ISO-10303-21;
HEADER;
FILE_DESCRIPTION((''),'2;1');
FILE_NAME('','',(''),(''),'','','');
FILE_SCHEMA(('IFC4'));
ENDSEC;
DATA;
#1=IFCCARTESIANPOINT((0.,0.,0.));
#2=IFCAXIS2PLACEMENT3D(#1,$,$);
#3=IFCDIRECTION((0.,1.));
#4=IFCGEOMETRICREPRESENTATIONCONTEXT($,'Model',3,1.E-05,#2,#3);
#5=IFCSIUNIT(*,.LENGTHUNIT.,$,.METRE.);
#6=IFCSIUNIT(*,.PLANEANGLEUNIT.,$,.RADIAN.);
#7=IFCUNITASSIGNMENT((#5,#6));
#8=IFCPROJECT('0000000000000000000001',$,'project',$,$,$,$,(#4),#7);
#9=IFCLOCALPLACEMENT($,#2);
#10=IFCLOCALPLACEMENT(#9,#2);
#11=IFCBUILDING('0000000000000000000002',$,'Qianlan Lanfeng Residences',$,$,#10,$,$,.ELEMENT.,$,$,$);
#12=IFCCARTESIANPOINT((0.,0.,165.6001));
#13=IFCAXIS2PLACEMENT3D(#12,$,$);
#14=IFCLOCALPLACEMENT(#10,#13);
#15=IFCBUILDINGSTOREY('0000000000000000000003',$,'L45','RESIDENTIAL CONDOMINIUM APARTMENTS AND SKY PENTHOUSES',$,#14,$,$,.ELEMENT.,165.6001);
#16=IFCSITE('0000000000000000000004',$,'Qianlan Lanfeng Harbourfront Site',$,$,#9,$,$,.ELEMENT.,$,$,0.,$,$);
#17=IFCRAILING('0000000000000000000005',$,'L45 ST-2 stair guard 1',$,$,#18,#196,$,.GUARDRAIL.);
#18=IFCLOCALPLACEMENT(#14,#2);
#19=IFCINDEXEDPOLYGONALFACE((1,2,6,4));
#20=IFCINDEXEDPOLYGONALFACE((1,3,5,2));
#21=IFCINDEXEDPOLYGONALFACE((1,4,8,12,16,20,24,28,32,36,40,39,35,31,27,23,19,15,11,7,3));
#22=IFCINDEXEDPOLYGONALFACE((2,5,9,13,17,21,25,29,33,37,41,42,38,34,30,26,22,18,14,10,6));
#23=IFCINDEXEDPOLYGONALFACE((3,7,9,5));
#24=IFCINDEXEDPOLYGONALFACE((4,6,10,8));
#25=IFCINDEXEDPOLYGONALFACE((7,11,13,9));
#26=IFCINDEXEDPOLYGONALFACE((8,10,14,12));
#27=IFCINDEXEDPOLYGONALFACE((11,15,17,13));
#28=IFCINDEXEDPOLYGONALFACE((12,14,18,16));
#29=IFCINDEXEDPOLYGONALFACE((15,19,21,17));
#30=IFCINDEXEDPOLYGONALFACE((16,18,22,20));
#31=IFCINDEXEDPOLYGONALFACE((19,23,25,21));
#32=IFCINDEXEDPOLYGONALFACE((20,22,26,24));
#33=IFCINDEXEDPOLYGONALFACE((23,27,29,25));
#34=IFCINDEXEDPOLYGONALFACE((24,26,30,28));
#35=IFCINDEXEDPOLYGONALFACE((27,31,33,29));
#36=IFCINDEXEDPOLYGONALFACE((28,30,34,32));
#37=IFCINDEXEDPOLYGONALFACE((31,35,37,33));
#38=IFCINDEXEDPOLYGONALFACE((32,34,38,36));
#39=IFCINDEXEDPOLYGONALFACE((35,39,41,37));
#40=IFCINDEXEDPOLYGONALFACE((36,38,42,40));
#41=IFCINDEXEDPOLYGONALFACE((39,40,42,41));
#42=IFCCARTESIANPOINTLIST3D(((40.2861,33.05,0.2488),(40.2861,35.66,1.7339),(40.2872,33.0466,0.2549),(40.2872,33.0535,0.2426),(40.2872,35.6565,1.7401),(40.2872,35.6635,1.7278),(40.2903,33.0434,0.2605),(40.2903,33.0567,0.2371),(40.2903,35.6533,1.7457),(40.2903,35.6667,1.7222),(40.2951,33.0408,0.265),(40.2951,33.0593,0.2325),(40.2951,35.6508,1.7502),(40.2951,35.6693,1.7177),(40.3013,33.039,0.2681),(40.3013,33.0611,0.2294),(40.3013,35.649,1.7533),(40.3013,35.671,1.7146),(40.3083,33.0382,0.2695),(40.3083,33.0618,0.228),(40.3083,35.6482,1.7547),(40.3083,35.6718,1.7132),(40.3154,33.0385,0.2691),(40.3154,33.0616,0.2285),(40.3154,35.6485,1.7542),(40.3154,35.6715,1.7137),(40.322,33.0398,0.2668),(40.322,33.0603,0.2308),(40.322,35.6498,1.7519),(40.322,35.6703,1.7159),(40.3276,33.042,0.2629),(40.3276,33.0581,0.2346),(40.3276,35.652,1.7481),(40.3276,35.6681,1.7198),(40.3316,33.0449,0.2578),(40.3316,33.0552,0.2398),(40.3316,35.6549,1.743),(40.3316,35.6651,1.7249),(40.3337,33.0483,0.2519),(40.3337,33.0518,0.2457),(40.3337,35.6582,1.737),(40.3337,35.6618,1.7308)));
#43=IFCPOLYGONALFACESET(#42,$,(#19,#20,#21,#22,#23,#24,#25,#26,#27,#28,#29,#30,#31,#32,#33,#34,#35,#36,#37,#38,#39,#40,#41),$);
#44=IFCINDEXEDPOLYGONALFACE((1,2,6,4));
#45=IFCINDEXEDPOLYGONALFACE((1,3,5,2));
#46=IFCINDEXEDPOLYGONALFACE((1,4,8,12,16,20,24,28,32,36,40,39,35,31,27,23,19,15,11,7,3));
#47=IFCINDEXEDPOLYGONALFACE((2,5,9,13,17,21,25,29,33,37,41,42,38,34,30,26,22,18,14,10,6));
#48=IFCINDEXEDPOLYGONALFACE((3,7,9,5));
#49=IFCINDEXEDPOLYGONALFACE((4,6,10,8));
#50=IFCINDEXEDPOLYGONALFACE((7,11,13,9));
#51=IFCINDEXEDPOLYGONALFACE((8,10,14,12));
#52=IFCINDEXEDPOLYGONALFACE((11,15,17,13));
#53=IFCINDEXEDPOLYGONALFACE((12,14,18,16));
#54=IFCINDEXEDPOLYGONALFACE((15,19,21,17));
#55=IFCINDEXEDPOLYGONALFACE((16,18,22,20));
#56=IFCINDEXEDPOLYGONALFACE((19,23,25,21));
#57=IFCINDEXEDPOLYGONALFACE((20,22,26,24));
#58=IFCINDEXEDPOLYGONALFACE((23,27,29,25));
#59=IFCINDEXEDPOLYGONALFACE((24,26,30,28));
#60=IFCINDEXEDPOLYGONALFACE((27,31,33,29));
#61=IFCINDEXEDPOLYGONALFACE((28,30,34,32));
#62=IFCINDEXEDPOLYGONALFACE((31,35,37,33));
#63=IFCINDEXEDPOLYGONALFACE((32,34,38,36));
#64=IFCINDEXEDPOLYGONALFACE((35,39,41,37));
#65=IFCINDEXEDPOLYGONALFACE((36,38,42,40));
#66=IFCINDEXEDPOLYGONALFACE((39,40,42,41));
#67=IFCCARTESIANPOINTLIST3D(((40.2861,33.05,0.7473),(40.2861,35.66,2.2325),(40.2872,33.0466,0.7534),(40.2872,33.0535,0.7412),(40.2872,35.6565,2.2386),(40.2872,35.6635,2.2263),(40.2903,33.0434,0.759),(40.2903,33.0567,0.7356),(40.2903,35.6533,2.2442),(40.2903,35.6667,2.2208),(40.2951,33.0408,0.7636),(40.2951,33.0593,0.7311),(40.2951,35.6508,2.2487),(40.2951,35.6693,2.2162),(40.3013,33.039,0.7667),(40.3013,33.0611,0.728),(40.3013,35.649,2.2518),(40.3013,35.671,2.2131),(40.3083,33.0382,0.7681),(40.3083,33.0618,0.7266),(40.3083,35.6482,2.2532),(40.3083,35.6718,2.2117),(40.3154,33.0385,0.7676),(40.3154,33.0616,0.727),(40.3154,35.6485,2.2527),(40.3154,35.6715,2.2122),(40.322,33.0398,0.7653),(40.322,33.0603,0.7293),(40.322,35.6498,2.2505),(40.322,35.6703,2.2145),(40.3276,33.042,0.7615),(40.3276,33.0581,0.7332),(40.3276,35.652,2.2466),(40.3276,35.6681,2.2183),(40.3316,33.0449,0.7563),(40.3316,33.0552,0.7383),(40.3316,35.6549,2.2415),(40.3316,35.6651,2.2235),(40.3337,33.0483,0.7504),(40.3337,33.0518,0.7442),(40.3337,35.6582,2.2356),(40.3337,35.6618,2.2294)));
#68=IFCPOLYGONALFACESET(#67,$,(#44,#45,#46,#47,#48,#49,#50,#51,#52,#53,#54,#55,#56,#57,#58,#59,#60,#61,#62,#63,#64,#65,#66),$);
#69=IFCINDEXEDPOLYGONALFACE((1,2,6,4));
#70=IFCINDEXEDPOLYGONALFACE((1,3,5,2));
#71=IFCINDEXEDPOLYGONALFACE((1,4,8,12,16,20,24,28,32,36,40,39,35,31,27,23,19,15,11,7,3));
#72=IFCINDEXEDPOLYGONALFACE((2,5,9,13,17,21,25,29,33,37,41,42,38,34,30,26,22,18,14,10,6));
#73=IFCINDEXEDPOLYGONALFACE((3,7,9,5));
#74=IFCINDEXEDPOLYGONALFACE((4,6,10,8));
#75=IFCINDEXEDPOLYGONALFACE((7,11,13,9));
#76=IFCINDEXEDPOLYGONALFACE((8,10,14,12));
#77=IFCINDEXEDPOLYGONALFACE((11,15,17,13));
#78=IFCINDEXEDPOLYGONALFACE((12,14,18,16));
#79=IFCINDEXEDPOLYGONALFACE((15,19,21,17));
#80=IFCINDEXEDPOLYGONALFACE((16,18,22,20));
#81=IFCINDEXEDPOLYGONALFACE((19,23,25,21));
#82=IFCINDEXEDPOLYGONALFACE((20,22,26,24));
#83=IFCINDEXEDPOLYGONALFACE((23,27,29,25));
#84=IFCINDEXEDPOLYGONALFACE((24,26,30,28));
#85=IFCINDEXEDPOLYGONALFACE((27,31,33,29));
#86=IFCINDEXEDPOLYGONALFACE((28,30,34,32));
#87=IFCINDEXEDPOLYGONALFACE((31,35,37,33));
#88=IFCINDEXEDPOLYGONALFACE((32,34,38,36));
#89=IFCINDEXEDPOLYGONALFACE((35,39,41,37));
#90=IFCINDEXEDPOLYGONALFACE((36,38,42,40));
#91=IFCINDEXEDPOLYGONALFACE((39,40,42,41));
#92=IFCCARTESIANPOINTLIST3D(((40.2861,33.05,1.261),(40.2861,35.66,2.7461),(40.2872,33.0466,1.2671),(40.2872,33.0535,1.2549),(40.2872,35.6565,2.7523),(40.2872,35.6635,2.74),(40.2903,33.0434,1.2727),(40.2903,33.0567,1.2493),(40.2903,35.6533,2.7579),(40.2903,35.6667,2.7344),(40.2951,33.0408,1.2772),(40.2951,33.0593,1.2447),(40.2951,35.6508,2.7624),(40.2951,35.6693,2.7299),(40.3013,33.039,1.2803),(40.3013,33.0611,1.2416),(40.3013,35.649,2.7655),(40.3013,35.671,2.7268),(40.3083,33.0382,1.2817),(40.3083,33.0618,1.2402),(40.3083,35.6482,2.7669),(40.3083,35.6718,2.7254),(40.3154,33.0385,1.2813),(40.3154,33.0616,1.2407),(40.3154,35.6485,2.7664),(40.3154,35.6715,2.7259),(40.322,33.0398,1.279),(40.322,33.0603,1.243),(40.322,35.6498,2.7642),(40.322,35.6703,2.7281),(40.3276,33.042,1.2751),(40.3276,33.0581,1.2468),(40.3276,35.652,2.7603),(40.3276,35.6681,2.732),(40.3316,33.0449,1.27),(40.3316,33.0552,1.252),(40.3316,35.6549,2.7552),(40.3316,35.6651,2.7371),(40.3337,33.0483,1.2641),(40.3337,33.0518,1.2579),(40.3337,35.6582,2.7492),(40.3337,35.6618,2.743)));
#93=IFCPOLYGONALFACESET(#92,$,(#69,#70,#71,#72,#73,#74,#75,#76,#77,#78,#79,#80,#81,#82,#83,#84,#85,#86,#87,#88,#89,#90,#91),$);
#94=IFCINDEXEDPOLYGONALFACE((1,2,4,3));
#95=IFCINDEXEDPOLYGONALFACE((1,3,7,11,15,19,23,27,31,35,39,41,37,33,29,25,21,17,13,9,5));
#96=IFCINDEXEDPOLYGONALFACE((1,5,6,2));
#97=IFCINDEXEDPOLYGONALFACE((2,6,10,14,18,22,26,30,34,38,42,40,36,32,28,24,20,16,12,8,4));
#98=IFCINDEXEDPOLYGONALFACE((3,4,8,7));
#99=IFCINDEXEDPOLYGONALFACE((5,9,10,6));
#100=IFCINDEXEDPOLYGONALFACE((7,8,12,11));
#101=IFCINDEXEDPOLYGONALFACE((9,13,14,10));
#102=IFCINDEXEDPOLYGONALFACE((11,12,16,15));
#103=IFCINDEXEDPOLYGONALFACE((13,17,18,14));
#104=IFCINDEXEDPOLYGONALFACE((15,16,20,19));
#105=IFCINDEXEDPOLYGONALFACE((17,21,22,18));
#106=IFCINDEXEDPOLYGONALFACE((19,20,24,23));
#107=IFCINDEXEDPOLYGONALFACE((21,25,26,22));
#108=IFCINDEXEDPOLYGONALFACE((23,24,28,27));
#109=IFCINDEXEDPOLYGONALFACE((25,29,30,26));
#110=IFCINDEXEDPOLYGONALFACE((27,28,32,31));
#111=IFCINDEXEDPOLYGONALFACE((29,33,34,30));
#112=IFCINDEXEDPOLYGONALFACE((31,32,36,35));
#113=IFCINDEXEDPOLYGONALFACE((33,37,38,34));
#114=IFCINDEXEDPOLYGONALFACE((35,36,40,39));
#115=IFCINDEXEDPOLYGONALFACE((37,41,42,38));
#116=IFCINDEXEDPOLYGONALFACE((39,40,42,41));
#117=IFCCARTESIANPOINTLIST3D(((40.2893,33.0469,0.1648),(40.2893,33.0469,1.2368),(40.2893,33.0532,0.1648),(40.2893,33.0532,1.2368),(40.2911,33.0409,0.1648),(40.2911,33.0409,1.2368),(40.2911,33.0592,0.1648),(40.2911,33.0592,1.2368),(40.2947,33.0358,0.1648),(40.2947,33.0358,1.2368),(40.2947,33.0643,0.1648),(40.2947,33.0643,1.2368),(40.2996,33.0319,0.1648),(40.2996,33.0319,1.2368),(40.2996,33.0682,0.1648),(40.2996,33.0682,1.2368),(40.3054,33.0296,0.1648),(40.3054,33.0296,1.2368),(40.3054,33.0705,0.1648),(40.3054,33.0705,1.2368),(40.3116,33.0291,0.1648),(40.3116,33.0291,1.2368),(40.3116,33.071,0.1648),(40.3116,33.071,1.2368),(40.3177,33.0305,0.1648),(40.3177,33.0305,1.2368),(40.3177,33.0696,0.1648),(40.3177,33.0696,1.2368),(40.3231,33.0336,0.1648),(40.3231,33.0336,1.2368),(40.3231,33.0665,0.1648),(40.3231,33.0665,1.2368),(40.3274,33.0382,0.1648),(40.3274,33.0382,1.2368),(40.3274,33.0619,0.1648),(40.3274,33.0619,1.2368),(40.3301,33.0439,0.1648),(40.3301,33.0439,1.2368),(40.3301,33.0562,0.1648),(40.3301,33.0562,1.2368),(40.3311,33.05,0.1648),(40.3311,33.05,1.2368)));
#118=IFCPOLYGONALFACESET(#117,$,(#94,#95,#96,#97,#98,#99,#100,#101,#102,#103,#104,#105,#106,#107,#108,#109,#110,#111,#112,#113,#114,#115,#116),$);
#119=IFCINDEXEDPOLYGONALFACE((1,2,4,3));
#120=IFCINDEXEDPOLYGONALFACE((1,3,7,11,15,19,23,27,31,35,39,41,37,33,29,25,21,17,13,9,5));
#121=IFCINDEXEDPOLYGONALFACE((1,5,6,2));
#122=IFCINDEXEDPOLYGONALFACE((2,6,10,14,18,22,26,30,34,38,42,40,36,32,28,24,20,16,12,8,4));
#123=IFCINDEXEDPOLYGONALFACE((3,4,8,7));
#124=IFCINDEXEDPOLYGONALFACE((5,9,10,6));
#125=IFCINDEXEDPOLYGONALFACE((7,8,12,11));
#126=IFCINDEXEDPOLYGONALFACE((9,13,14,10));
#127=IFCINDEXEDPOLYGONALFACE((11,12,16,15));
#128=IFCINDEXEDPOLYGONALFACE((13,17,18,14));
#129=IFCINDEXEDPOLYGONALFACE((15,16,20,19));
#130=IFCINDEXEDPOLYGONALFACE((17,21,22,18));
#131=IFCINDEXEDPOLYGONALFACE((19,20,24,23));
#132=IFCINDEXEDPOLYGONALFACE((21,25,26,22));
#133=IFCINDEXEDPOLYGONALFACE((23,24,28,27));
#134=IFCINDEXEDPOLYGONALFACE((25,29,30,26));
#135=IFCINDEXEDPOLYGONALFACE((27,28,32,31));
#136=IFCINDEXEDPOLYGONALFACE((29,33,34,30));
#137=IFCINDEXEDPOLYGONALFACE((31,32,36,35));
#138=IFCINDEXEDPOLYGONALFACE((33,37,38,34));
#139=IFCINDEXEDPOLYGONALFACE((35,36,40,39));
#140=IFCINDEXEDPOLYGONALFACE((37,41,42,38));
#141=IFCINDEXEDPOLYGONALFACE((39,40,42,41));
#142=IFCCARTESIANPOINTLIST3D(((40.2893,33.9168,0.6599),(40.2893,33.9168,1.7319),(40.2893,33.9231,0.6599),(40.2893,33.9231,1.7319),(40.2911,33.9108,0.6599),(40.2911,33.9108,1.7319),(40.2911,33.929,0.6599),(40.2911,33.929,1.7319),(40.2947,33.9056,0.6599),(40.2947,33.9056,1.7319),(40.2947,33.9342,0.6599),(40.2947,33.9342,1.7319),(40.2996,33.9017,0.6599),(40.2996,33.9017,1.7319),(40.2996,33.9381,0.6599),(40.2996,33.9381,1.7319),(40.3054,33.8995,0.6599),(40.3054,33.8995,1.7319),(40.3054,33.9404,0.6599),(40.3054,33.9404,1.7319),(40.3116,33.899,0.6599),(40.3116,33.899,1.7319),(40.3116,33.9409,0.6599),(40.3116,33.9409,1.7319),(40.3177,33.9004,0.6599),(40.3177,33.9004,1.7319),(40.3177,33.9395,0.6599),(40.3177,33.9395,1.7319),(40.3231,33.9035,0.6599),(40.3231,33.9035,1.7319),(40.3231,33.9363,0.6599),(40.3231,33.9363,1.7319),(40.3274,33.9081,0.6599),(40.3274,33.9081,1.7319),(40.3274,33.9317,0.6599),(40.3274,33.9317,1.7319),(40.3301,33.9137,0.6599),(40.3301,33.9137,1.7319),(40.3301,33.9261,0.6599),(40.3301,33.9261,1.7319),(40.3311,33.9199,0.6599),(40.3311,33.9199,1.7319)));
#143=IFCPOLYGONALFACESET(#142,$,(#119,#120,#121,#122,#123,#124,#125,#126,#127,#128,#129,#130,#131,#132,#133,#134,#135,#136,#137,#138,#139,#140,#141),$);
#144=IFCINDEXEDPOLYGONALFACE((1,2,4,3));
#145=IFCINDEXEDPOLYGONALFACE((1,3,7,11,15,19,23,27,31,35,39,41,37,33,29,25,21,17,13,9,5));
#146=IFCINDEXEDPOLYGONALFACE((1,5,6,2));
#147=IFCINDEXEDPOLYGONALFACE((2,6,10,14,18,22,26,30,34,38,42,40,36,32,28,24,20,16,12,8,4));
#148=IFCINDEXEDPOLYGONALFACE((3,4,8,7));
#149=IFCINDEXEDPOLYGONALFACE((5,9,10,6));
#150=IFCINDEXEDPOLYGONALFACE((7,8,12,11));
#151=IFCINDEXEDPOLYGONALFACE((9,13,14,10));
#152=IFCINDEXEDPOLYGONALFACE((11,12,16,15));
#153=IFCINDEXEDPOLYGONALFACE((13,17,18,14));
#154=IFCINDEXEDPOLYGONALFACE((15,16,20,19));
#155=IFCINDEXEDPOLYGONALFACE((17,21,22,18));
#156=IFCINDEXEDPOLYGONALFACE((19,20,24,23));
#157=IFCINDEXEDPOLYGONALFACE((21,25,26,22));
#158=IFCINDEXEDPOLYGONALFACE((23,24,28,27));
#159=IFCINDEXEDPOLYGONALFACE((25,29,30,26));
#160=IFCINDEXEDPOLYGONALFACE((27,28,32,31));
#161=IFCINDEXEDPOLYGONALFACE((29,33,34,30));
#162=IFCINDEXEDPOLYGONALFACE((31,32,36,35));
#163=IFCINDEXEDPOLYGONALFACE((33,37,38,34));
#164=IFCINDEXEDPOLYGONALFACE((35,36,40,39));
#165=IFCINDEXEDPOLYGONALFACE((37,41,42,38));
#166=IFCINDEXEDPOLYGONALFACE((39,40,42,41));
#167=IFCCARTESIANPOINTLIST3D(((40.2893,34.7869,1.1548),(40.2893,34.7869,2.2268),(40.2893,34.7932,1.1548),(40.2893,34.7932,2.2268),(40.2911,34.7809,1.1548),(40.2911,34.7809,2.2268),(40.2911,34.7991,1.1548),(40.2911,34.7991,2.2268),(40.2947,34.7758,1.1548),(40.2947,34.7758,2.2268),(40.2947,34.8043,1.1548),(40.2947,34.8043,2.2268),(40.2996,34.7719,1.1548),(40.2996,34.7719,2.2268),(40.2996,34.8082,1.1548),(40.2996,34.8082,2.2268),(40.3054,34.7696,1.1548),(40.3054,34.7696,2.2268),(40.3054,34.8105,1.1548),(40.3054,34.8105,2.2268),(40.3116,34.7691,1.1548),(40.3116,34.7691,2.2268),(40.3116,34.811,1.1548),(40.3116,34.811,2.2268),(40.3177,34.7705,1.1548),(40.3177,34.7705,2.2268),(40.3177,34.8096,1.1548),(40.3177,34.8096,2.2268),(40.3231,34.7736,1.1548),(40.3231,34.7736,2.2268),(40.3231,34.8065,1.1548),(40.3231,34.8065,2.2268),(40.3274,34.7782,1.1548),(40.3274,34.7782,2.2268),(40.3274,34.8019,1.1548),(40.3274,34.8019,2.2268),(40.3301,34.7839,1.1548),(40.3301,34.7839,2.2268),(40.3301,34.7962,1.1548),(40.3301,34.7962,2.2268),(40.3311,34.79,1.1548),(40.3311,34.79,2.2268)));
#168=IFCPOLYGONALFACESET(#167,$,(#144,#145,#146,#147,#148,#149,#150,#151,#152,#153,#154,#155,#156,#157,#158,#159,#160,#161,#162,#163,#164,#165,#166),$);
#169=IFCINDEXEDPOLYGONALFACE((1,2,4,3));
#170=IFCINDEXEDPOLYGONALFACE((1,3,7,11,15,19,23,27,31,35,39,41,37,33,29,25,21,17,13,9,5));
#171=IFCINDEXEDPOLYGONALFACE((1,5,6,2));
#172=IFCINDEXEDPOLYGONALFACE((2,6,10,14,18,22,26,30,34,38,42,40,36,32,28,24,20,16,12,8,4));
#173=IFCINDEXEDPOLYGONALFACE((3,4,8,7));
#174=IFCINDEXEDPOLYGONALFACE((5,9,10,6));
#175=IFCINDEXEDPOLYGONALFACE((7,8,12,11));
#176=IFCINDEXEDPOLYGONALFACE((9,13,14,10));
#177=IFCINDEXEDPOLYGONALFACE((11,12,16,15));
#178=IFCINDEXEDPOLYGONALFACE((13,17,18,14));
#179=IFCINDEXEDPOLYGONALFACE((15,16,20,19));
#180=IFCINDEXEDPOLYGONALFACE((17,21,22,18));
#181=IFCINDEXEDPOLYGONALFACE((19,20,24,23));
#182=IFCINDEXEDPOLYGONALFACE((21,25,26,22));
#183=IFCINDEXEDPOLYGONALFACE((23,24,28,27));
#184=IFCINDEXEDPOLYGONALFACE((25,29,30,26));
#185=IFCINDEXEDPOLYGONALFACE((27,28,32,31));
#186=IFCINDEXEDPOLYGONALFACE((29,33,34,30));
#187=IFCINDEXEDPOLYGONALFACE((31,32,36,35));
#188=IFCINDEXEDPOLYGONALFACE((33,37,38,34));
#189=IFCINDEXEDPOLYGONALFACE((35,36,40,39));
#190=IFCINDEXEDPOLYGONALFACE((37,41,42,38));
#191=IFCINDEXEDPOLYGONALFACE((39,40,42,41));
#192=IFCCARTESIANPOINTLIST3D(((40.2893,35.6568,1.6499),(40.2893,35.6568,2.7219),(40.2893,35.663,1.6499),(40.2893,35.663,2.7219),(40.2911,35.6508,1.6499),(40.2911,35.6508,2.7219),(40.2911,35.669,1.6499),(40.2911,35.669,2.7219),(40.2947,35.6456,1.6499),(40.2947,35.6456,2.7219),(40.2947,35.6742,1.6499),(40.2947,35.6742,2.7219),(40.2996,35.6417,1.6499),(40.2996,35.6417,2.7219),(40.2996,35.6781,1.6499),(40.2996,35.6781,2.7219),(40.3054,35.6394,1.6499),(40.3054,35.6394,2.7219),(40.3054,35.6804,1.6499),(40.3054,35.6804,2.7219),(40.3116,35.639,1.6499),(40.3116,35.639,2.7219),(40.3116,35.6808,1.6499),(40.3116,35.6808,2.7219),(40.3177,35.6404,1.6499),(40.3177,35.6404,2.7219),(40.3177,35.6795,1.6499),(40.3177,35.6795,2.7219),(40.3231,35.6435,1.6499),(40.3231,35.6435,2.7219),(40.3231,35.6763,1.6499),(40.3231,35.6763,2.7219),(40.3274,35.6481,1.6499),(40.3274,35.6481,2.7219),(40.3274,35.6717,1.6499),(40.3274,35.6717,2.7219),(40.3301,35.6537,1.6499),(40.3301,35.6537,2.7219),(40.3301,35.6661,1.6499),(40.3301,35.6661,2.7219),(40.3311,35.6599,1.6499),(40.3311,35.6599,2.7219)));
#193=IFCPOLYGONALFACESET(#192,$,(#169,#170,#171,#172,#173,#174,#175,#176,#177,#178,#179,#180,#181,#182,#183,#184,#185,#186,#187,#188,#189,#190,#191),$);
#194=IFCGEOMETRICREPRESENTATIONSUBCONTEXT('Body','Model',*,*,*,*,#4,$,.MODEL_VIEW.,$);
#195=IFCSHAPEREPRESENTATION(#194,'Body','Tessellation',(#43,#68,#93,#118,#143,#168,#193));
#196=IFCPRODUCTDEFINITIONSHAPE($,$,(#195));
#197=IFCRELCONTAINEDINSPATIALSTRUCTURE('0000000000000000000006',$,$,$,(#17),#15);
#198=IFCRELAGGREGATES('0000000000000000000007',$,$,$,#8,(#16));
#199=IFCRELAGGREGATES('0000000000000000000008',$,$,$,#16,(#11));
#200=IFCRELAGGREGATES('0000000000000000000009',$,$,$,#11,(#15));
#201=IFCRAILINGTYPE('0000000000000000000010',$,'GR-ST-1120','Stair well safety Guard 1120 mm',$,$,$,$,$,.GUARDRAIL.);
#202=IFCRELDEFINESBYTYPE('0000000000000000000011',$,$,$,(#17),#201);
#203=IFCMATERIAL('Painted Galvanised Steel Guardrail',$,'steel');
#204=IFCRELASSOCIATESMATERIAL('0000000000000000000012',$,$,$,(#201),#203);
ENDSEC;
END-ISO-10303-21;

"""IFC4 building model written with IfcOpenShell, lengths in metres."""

from ifc_helpers import new_model, si_unit, direction, frame, origin, origin_2d, place, context, subcontext, project, spatial, circle, extrude, material, type_object, element, save


model = new_model("IFC4")

# Units and contexts
model_context = context("Model", 3, precision=1e-05, world=origin(), true_north=direction((0.0, 1.0)))
body_context = subcontext(model_context, "Body", "Model", "MODEL_VIEW")
ifc_project = project(units=[si_unit("LENGTHUNIT", "METRE"), si_unit("PLANEANGLEUNIT", "RADIAN")], contexts=[model_context])

# Site, building, storey
site_placement = place(None, origin())
site = spatial("IfcSite", under=ifc_project, at=site_placement, Name="Qianlan Lanfeng Harbourfront Site", CompositionType="ELEMENT", RefElevation=0.0)
building_placement = place(site_placement, origin())
building = spatial("IfcBuilding", under=site, at=building_placement, Name="Qianlan Lanfeng Residences", CompositionType="ELEMENT")
storey_placement = place(building_placement, frame((0.0, 0.0, 165.6001)))
storey = spatial("IfcBuildingStorey", under=building, at=storey_placement, Name="L45", Description="RESIDENTIAL CONDOMINIUM APARTMENTS AND SKY PENTHOUSES", CompositionType="ELEMENT", Elevation=165.6001)

# Railing
ifc_material_1 = material(Name="Painted Galvanised Steel Guardrail", Category="steel")
railing_type_1 = type_object("IfcRailingType", Name="GR-ST-1120", Description="Stair well safety Guard 1120 mm", PredefinedType="GUARDRAIL", material=ifc_material_1)
railing_1_placement = place(storey_placement, frame((40.3101, 33.05, 0.1648)))
element("IfcRailing", 1, at=railing_1_placement, inside=storey, type_object=railing_type_1, Name="L45 ST-2 stair guard 1", PredefinedType="GUARDRAIL", context=body_context, shape_type="SweptSolid", body=[
    extrude(circle(Radius=0.0239, at=origin_2d()), frame((0.0, 0.0, 0.084), z_axis=(0.0, 0.869137, 0.494571), x_axis=(-1.0, 0.0, 0.0)), (0.0, 0.0, 1.0), 3.0029),
    extrude(circle(Radius=0.0239, at=origin_2d()), frame((0.0, 0.0, 0.5825), z_axis=(0.0, 0.869137, 0.494571), x_axis=(-1.0, 0.0, 0.0)), (0.0, 0.0, 1.0), 3.0029),
    extrude(circle(Radius=0.0239, at=origin_2d()), frame((0.0, 0.0, 1.0962), z_axis=(0.0, 0.869137, 0.494571), x_axis=(-1.0, 0.0, 0.0)), (0.0, 0.0, 1.0), 3.0029),
    extrude(circle(Radius=0.021, at=origin_2d()), origin(), (0.0, 0.0, 1.0), 1.072),
    extrude(circle(Radius=0.021, at=origin_2d()), frame((0.0, 0.8699, 0.4951)), (0.0, 0.0, 1.0), 1.072),
    extrude(circle(Radius=0.021, at=origin_2d()), frame((0.0, 1.74, 0.99)), (0.0, 0.0, 1.0), 1.072),
    extrude(circle(Radius=0.021, at=origin_2d()), frame((0.0, 2.6099, 1.4851)), (0.0, 0.0, 1.0), 1.072),
])

save(model, "model.ifc")
